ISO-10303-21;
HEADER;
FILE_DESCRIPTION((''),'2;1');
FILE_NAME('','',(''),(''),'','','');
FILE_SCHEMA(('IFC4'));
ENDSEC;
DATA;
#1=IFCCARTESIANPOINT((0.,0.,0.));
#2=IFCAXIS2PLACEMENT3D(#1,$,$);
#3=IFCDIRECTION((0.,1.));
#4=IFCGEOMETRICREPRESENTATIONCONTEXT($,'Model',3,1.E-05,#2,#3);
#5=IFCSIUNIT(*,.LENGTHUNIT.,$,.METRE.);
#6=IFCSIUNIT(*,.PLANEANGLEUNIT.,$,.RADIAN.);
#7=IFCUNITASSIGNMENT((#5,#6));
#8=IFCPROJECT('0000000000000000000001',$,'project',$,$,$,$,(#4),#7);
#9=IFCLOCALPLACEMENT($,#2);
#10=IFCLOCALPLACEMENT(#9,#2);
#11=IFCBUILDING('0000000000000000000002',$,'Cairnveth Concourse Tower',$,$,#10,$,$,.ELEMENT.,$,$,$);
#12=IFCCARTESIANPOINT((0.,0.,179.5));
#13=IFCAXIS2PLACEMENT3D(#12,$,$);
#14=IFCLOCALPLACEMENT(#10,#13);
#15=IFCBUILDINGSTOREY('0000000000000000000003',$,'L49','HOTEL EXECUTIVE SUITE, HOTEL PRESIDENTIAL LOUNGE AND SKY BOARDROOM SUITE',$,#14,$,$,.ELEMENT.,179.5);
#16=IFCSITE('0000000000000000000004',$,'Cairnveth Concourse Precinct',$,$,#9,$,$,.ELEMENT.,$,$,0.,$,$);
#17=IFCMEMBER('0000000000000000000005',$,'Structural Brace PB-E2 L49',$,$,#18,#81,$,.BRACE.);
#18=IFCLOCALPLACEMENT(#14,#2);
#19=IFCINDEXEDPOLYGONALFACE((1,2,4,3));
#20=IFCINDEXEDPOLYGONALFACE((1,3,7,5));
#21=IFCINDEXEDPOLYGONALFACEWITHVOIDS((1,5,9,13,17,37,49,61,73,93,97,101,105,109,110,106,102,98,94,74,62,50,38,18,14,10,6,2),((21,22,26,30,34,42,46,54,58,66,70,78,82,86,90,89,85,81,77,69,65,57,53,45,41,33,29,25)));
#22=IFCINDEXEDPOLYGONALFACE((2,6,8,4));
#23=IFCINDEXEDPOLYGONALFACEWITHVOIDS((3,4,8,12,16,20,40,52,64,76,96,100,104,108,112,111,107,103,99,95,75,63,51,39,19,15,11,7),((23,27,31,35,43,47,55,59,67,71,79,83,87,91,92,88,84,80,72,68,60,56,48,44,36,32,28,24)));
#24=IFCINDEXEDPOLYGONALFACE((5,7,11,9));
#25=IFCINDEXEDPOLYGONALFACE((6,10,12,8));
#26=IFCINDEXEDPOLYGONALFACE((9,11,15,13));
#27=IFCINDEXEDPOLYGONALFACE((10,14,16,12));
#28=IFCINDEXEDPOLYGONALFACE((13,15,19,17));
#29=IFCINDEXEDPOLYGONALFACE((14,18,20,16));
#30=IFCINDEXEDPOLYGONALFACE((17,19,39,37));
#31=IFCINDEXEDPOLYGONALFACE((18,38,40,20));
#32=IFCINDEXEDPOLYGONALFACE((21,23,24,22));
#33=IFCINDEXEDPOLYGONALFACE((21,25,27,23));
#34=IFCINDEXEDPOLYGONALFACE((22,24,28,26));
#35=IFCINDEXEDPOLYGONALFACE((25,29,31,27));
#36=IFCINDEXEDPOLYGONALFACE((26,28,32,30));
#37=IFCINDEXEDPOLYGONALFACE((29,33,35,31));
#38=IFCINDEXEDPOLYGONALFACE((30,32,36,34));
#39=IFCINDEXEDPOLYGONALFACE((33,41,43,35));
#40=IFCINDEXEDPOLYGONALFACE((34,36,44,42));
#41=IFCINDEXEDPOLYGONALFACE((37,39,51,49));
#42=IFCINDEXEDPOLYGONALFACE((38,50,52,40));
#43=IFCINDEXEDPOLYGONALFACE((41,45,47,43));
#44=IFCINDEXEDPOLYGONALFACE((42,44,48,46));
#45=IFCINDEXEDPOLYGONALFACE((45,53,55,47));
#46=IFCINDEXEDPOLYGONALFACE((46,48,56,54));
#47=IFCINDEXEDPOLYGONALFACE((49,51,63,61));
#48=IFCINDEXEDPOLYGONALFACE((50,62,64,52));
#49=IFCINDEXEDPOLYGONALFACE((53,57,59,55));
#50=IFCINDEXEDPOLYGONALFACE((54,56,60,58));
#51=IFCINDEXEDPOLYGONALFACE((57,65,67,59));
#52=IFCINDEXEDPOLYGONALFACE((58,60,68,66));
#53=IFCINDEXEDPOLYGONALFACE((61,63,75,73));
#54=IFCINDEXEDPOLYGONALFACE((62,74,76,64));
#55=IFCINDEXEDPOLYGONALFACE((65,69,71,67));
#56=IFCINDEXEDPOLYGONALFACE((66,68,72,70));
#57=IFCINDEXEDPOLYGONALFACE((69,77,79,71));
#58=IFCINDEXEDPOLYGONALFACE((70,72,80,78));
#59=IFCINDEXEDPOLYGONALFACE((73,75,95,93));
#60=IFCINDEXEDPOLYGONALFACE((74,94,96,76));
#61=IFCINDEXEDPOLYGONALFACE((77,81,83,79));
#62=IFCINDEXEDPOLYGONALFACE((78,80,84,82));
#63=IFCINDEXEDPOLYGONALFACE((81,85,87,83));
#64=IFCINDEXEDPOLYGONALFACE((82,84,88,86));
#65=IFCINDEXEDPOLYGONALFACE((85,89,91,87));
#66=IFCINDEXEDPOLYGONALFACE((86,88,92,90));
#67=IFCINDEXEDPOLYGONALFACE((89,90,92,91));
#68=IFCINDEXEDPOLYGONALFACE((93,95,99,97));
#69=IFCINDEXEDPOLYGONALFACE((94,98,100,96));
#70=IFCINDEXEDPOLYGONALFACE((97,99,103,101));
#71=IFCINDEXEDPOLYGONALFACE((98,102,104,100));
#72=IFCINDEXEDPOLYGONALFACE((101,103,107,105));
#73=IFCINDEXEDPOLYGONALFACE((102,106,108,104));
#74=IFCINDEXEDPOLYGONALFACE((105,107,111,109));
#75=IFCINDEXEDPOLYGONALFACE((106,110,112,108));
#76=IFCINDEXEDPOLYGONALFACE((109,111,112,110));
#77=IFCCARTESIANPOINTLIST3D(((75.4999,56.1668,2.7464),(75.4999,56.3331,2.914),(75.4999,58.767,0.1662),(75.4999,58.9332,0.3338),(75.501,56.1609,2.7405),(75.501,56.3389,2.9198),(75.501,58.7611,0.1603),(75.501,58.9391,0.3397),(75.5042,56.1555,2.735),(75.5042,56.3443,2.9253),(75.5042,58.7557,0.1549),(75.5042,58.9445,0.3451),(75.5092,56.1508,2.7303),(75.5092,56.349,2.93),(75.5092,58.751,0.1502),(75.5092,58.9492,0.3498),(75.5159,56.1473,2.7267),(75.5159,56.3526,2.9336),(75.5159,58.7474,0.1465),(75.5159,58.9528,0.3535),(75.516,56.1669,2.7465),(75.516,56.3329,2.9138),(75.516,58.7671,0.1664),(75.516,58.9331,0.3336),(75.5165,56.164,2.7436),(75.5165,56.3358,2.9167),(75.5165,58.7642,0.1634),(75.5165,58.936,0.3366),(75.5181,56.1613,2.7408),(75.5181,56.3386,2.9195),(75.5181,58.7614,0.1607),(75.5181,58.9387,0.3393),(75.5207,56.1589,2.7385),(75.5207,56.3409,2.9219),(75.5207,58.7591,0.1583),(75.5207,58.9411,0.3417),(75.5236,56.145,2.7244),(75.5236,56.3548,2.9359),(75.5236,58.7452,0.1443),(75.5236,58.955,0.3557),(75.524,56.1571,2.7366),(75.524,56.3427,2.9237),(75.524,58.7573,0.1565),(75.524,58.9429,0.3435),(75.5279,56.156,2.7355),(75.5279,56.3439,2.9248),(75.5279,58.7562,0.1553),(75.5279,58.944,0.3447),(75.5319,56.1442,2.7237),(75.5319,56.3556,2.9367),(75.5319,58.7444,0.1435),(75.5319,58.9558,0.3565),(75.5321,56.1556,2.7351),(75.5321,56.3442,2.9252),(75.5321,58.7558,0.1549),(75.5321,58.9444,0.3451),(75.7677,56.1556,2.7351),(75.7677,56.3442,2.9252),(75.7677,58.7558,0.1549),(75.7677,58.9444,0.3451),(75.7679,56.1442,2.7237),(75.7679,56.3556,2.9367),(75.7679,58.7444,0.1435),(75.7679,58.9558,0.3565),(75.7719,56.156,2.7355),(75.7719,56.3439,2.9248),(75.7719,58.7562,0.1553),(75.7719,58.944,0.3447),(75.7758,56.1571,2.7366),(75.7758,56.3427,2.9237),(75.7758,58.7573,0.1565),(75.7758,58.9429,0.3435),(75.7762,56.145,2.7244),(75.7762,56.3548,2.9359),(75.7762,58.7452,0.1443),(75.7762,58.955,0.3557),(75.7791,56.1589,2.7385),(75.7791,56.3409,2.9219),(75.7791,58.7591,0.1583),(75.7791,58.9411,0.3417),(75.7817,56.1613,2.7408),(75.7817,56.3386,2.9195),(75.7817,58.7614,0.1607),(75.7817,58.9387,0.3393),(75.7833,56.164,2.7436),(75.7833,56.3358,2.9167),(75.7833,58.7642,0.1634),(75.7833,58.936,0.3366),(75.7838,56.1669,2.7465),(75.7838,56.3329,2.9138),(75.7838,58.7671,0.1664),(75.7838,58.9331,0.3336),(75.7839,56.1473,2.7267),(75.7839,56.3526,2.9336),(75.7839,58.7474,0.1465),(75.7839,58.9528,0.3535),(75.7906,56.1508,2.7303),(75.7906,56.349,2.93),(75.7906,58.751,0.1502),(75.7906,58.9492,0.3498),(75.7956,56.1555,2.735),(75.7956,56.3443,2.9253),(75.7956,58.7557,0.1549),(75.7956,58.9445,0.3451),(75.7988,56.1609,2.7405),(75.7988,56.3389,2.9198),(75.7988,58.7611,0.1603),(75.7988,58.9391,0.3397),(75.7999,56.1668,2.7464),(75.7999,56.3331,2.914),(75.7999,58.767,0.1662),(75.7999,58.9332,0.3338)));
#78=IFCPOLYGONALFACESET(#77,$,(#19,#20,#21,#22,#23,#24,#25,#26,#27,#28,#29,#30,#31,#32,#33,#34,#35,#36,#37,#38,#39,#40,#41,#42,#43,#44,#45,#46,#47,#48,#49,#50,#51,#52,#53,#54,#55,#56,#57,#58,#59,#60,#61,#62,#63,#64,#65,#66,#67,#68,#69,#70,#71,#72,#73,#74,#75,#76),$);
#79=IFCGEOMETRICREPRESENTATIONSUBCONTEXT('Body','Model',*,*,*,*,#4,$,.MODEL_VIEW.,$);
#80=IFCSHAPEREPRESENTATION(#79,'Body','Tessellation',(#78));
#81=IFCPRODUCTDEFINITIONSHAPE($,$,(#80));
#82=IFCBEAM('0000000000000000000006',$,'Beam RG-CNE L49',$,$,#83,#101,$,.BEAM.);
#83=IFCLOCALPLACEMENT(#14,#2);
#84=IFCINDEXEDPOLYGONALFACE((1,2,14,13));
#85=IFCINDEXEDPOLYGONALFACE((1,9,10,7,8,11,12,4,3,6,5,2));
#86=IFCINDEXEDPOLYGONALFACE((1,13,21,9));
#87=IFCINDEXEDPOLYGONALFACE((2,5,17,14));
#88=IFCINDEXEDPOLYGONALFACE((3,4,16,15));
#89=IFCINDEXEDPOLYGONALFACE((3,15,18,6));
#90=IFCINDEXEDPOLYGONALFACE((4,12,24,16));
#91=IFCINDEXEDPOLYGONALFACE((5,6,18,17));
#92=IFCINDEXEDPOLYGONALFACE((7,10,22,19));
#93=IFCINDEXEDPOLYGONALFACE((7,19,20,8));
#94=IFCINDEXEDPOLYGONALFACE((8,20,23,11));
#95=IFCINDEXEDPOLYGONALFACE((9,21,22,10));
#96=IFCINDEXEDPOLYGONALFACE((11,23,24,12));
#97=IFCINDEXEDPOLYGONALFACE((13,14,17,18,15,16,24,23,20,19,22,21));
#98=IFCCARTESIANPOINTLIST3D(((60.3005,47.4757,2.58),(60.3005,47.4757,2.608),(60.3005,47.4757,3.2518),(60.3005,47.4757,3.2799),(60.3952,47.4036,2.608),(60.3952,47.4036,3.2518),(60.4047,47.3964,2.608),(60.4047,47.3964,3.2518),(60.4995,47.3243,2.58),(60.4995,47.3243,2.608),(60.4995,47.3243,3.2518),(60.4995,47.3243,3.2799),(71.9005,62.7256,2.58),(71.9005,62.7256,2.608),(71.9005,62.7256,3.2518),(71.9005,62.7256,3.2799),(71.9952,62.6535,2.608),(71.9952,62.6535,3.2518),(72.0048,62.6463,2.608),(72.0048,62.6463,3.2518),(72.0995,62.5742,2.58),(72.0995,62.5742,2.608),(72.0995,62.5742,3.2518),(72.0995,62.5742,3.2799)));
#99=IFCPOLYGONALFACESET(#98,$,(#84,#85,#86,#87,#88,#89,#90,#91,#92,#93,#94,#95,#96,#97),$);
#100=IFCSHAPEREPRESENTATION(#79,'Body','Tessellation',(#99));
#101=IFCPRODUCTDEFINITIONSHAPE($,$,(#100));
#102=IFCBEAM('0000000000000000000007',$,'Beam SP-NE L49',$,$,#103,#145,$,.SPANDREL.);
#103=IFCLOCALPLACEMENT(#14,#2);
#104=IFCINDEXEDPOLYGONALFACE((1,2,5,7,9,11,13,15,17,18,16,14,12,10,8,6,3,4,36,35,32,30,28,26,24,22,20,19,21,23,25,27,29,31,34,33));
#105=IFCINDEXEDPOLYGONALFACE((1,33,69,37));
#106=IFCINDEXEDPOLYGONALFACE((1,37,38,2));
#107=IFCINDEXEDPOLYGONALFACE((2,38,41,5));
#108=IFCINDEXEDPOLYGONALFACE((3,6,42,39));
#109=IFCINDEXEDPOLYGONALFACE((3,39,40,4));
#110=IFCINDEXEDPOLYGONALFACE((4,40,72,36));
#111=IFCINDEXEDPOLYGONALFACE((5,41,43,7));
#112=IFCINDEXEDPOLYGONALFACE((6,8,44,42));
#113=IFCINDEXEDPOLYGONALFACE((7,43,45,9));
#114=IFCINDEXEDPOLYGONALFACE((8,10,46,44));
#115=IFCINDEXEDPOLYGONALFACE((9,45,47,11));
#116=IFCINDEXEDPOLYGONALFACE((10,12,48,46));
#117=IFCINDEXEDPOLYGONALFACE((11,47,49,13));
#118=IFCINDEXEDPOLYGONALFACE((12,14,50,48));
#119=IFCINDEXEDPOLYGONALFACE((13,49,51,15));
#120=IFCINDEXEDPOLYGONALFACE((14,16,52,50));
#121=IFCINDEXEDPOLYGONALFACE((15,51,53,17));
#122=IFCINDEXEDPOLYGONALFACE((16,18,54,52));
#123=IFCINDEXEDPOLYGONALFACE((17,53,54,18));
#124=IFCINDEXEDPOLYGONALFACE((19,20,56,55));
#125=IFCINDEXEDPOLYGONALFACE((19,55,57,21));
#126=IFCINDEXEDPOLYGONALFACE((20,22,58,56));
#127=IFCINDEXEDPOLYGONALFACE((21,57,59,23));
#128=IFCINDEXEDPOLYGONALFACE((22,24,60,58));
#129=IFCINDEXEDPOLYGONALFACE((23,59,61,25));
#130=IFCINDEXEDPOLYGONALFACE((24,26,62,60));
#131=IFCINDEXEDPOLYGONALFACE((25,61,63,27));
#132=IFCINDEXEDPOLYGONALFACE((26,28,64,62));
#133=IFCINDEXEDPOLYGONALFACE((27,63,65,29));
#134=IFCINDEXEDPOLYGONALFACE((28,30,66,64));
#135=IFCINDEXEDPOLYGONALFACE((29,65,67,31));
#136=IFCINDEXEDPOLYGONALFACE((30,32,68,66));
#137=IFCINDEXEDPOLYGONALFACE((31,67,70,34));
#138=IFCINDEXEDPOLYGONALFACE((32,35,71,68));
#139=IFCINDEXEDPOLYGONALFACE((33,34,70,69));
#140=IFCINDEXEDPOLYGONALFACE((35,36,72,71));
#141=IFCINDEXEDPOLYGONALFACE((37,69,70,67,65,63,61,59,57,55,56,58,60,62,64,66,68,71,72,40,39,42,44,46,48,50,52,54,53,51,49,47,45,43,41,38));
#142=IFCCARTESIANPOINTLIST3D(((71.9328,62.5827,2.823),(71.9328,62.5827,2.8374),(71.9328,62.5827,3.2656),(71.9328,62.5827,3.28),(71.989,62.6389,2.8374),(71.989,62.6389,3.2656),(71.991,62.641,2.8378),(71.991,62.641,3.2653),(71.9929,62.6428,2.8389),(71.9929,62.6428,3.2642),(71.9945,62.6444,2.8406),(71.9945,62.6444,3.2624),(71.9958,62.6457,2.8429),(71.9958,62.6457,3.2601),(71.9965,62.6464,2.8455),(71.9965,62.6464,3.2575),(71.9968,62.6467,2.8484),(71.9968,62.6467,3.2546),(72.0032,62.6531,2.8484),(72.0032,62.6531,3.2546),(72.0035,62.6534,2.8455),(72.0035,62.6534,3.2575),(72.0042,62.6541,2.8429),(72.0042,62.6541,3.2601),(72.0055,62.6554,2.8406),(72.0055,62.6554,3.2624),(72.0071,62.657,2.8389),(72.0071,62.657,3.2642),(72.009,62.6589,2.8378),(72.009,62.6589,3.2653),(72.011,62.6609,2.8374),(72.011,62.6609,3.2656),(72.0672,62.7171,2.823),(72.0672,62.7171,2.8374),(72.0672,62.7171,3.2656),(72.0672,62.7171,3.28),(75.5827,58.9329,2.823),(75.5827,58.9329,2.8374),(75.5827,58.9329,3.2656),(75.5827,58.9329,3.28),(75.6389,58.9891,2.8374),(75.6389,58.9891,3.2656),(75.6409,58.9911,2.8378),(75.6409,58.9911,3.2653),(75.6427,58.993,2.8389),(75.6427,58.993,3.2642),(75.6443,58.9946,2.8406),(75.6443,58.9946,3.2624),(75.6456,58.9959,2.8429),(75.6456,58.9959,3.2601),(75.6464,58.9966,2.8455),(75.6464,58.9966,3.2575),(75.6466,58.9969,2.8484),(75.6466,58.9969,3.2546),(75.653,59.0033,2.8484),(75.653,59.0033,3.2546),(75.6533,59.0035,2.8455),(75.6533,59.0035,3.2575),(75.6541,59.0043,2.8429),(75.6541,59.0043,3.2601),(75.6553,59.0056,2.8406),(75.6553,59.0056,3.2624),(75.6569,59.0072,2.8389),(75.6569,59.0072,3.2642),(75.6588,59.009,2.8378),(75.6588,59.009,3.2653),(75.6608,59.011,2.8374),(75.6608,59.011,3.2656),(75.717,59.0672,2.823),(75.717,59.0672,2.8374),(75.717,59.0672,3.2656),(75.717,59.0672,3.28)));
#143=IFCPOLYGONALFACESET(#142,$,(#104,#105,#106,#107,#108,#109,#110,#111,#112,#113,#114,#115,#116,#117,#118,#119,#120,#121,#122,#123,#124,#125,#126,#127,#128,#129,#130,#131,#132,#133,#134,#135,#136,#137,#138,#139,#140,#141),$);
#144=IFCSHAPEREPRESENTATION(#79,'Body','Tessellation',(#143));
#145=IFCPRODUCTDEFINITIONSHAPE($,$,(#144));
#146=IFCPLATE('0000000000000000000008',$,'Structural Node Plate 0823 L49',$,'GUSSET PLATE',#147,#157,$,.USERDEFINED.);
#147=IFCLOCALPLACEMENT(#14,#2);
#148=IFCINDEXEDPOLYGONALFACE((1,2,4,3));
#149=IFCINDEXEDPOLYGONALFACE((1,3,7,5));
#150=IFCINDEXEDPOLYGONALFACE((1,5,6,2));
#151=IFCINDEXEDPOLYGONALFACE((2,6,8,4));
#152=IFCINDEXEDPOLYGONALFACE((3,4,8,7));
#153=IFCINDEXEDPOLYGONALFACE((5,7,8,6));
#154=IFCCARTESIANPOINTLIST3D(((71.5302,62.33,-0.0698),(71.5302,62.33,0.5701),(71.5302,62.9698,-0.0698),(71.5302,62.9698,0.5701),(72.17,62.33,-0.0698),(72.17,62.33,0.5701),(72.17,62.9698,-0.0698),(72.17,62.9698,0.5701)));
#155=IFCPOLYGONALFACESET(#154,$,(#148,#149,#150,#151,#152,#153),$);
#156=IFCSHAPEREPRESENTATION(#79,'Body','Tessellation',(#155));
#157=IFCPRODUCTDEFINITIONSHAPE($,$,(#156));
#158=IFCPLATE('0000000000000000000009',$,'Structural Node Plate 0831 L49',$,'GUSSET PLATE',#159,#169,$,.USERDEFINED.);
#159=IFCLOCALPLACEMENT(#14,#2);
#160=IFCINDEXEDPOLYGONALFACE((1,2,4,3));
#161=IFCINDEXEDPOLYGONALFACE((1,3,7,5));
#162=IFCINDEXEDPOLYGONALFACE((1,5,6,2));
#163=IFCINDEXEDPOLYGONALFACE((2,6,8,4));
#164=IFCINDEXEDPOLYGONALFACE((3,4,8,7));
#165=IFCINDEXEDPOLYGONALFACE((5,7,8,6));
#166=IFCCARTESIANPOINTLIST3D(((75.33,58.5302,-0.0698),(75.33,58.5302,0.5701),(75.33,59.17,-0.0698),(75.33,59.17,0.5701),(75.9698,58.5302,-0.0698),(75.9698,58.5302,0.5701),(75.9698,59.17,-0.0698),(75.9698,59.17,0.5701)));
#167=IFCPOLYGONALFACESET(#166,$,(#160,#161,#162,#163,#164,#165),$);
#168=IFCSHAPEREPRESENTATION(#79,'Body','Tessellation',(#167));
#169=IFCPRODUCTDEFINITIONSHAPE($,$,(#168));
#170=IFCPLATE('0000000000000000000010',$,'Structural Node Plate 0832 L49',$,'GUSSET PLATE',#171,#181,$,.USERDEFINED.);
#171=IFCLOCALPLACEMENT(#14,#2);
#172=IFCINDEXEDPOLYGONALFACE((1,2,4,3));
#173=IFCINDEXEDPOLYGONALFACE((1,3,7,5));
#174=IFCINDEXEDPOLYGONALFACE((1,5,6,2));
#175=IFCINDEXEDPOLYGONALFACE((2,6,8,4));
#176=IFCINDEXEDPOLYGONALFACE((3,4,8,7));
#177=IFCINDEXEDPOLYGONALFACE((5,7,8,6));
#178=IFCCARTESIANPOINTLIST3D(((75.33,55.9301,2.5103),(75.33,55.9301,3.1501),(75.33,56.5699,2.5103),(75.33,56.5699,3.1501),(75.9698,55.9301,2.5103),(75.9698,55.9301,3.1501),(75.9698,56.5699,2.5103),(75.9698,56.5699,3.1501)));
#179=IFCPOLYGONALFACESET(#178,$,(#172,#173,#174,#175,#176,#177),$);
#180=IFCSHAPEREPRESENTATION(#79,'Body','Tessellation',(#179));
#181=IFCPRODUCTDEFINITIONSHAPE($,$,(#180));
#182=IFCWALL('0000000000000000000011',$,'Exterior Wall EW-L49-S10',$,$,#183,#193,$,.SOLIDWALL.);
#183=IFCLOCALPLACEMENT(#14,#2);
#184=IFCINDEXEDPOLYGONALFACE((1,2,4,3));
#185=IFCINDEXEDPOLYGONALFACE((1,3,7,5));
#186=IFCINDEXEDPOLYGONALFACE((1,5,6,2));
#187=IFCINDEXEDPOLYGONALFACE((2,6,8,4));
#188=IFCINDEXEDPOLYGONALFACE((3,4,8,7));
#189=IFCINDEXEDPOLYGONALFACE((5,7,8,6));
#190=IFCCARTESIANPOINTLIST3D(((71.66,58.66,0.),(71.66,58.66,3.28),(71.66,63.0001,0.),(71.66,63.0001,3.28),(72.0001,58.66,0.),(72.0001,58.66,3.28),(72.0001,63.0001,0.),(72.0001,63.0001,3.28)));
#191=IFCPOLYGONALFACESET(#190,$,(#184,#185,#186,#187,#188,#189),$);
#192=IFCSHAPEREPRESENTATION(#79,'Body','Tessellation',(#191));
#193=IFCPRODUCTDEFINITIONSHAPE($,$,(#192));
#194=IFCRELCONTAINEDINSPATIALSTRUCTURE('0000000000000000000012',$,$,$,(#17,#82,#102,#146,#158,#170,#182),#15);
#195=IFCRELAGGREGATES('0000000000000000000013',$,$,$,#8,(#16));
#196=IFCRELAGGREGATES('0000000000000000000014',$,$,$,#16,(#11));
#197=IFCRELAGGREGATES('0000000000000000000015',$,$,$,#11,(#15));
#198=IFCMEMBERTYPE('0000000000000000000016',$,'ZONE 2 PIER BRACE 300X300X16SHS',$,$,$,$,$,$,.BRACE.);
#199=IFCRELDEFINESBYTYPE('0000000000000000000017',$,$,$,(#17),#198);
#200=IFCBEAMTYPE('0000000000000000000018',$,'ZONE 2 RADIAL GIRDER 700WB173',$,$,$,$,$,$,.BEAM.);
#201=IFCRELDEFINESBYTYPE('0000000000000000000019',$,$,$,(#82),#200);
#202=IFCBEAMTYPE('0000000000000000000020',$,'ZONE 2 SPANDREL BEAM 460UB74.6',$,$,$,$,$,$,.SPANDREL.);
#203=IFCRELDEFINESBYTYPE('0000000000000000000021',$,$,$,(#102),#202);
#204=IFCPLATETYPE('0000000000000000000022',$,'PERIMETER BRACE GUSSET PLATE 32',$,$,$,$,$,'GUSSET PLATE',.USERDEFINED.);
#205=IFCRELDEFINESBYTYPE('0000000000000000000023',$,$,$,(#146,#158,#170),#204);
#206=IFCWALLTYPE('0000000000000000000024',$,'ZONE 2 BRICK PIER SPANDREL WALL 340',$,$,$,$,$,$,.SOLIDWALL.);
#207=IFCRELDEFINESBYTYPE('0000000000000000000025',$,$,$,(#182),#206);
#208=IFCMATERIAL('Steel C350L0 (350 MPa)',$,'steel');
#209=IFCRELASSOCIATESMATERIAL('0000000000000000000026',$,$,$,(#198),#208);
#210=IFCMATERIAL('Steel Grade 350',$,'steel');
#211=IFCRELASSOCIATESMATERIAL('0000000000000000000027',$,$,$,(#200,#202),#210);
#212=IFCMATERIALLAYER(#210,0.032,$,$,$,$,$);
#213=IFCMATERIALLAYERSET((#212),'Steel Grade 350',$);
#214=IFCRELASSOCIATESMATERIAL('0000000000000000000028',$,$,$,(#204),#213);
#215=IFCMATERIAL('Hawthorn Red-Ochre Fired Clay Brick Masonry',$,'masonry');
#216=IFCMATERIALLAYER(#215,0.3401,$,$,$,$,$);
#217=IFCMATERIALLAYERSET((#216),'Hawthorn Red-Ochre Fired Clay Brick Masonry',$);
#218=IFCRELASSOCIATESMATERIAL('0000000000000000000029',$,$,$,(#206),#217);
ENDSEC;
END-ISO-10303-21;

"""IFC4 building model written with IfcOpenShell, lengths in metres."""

from ifc_helpers import new_model, si_unit, direction, frame, frame_2d, origin, origin_2d, place, context, subcontext, project, spatial, rectangle, hollow_rectangle, i_section, extrude, material, layer, layer_set, material_profile, profile_set, type_object, element, save


model = new_model("IFC4")

# Units and contexts
model_context = context("Model", 3, precision=1e-05, world=origin(), true_north=direction((0.0, 1.0)))
body_context = subcontext(model_context, "Body", "Model", "MODEL_VIEW")
ifc_project = project(units=[si_unit("LENGTHUNIT", "METRE"), si_unit("PLANEANGLEUNIT", "RADIAN")], contexts=[model_context])

# Site, building, storey
site_placement = place(None, origin())
site = spatial("IfcSite", under=ifc_project, at=site_placement, Name="Cairnveth Concourse Precinct", CompositionType="ELEMENT", RefElevation=0.0)
building_placement = place(site_placement, origin())
building = spatial("IfcBuilding", under=site, at=building_placement, Name="Cairnveth Concourse Tower", CompositionType="ELEMENT")
storey_placement = place(building_placement, frame((0.0, 0.0, 179.5)))
storey = spatial("IfcBuildingStorey", under=building, at=storey_placement, Name="L49", Description="HOTEL EXECUTIVE SUITE, HOTEL PRESIDENTIAL LOUNGE AND SKY BOARDROOM SUITE", CompositionType="ELEMENT", Elevation=179.5)

# Shared definitions
ifc_material_1 = material(Name="Steel Grade 350", Category="steel")

# Member
ifc_material_2 = material(Name="Steel C350L0 (350 MPa)", Category="steel")
ifc_material_profile_1 = material_profile(ifc_material_2, hollow_rectangle(XDim=0.3, YDim=0.3, WallThickness=0.0161, InnerFilletRadius=0.0161, OuterFilletRadius=0.032, at=origin_2d()), Name="300x300x16.0SHS")
ifc_profile_set_1 = profile_set([ifc_material_profile_1], Name="Steel C350L0 (350 MPa)")
member_type = type_object("IfcMemberType", Name="ZONE 2 PIER BRACE 300X300X16SHS", PredefinedType="BRACE", material=ifc_profile_set_1)
for number, where, z_axis, x_axis, name in (
    (1, (75.6499, 58.8501, 0.25), (0.0, -0.709834, 0.704369), (1.0, 0.0, 0.0), "Structural Brace PB-E2 L49"),
):
    element("IfcMember", number, at=place(storey_placement, frame(where, z_axis=z_axis, x_axis=x_axis)), inside=storey, type_object=member_type, Name=name, PredefinedType="BRACE", context=body_context, shape_type="SweptSolid", body=[
        extrude(hollow_rectangle(XDim=0.3, YDim=0.3, WallThickness=0.0161, InnerFilletRadius=0.0161, OuterFilletRadius=0.032, at=origin_2d()), origin(), (0.0, 0.0, 1.0), 3.6631),
    ])

# Beams
ifc_material_profile_2 = material_profile(ifc_material_1, i_section(OverallWidth=0.25, OverallDepth=0.7, WebThickness=0.012, FlangeThickness=0.0281, at=origin_2d()), Name="700WB173")
ifc_profile_set_2 = profile_set([ifc_material_profile_2], Name="Steel Grade 350")
beam_type_1 = type_object("IfcBeamType", Name="ZONE 2 RADIAL GIRDER 700WB173", PredefinedType="BEAM", material=ifc_profile_set_2)
beam_1_placement = place(storey_placement, frame((72.0, 62.6499, 2.9299), z_axis=(-0.605417, -0.795908, 0.0), x_axis=(0.795908, -0.605417, 0.0)))
element("IfcBeam", 2, at=beam_1_placement, inside=storey, type_object=beam_type_1, Name="Beam RG-CNE L49", PredefinedType="BEAM", context=body_context, shape_type="SweptSolid", body=[
    extrude(i_section(OverallWidth=0.25, OverallDepth=0.7, WebThickness=0.012, FlangeThickness=0.0281, at=origin_2d()), origin(), (0.0, 0.0, 1.0), 19.1604),
])
ifc_material_profile_3 = material_profile(ifc_material_1, i_section(OverallWidth=0.1899, OverallDepth=0.457, WebThickness=0.009, FlangeThickness=0.0144, FilletRadius=0.011, at=origin_2d()), Name="460UB74.6")
ifc_profile_set_3 = profile_set([ifc_material_profile_3], Name="Steel Grade 350")
beam_type_2 = type_object("IfcBeamType", Name="ZONE 2 SPANDREL BEAM 460UB74.6", PredefinedType="SPANDREL", material=ifc_profile_set_3)
beam_2_placement = place(storey_placement, frame((72.0, 62.6499, 3.0515), z_axis=(0.707107, -0.707107, 0.0), x_axis=(0.707107, 0.707107, 0.0)))
element("IfcBeam", 3, at=beam_2_placement, inside=storey, type_object=beam_type_2, Name="Beam SP-NE L49", PredefinedType="SPANDREL", context=body_context, shape_type="SweptSolid", body=[
    extrude(i_section(OverallWidth=0.1899, OverallDepth=0.457, WebThickness=0.009, FlangeThickness=0.0144, FilletRadius=0.011, at=origin_2d()), origin(), (0.0, 0.0, 1.0), 5.1616),
])

# Plates
ifc_layer_1 = layer(ifc_material_1, 0.032)
ifc_layer_set_1 = layer_set([ifc_layer_1], Name="Steel Grade 350")
plate_type = type_object("IfcPlateType", Name="PERIMETER BRACE GUSSET PLATE 32", ElementType="GUSSET PLATE", PredefinedType="USERDEFINED", material=ifc_layer_set_1)
for number, where, z_axis, x_axis, name in (
    (4, (71.8501, 62.6499, -0.0698), (0.0, 0.0, 1.0), (1.0, 0.0, 0.0), "Structural Node Plate 0823 L49"),
    (5, (75.6499, 58.8501, -0.0698), (0.0, 0.0, 1.0), (1.0, 0.0, 0.0), "Structural Node Plate 0831 L49"),
    (6, (75.6499, 56.25, 2.5103), (0.0, 0.0, 1.0), (1.0, 0.0, 0.0), "Structural Node Plate 0832 L49"),
):
    element("IfcPlate", number, at=place(storey_placement, frame(where, z_axis=z_axis, x_axis=x_axis)), inside=storey, type_object=plate_type, Name=name, ObjectType="GUSSET PLATE", PredefinedType="USERDEFINED", context=body_context, shape_type="SweptSolid", body=[
        extrude(rectangle(XDim=0.6399, YDim=0.6399, at=origin_2d()), origin(), (0.0, 0.0, 1.0), 0.6399),
    ])

# Wall
ifc_material_3 = material(Name="Hawthorn Red-Ochre Fired Clay Brick Masonry", Category="masonry")
ifc_layer_2 = layer(ifc_material_3, 0.3401)
ifc_layer_set_2 = layer_set([ifc_layer_2], Name="Hawthorn Red-Ochre Fired Clay Brick Masonry")
wall_type = type_object("IfcWallType", Name="ZONE 2 BRICK PIER SPANDREL WALL 340", PredefinedType="SOLIDWALL", material=ifc_layer_set_2)
wall_1_placement = place(storey_placement, frame((71.8301, 63.0, 0.0), z_axis=(0.0, 0.0, 1.0), x_axis=(0.0, -1.0, 0.0)))
element("IfcWall", 7, at=wall_1_placement, inside=storey, type_object=wall_type, Name="Exterior Wall EW-L49-S10", PredefinedType="SOLIDWALL", context=body_context, shape_type="SweptSolid", body=[
    extrude(rectangle(XDim=4.3401, YDim=0.3401, at=frame_2d((2.1699, 0.0))), origin(), (0.0, 0.0, 1.0), 3.28),
])

save(model, "model.ifc")
